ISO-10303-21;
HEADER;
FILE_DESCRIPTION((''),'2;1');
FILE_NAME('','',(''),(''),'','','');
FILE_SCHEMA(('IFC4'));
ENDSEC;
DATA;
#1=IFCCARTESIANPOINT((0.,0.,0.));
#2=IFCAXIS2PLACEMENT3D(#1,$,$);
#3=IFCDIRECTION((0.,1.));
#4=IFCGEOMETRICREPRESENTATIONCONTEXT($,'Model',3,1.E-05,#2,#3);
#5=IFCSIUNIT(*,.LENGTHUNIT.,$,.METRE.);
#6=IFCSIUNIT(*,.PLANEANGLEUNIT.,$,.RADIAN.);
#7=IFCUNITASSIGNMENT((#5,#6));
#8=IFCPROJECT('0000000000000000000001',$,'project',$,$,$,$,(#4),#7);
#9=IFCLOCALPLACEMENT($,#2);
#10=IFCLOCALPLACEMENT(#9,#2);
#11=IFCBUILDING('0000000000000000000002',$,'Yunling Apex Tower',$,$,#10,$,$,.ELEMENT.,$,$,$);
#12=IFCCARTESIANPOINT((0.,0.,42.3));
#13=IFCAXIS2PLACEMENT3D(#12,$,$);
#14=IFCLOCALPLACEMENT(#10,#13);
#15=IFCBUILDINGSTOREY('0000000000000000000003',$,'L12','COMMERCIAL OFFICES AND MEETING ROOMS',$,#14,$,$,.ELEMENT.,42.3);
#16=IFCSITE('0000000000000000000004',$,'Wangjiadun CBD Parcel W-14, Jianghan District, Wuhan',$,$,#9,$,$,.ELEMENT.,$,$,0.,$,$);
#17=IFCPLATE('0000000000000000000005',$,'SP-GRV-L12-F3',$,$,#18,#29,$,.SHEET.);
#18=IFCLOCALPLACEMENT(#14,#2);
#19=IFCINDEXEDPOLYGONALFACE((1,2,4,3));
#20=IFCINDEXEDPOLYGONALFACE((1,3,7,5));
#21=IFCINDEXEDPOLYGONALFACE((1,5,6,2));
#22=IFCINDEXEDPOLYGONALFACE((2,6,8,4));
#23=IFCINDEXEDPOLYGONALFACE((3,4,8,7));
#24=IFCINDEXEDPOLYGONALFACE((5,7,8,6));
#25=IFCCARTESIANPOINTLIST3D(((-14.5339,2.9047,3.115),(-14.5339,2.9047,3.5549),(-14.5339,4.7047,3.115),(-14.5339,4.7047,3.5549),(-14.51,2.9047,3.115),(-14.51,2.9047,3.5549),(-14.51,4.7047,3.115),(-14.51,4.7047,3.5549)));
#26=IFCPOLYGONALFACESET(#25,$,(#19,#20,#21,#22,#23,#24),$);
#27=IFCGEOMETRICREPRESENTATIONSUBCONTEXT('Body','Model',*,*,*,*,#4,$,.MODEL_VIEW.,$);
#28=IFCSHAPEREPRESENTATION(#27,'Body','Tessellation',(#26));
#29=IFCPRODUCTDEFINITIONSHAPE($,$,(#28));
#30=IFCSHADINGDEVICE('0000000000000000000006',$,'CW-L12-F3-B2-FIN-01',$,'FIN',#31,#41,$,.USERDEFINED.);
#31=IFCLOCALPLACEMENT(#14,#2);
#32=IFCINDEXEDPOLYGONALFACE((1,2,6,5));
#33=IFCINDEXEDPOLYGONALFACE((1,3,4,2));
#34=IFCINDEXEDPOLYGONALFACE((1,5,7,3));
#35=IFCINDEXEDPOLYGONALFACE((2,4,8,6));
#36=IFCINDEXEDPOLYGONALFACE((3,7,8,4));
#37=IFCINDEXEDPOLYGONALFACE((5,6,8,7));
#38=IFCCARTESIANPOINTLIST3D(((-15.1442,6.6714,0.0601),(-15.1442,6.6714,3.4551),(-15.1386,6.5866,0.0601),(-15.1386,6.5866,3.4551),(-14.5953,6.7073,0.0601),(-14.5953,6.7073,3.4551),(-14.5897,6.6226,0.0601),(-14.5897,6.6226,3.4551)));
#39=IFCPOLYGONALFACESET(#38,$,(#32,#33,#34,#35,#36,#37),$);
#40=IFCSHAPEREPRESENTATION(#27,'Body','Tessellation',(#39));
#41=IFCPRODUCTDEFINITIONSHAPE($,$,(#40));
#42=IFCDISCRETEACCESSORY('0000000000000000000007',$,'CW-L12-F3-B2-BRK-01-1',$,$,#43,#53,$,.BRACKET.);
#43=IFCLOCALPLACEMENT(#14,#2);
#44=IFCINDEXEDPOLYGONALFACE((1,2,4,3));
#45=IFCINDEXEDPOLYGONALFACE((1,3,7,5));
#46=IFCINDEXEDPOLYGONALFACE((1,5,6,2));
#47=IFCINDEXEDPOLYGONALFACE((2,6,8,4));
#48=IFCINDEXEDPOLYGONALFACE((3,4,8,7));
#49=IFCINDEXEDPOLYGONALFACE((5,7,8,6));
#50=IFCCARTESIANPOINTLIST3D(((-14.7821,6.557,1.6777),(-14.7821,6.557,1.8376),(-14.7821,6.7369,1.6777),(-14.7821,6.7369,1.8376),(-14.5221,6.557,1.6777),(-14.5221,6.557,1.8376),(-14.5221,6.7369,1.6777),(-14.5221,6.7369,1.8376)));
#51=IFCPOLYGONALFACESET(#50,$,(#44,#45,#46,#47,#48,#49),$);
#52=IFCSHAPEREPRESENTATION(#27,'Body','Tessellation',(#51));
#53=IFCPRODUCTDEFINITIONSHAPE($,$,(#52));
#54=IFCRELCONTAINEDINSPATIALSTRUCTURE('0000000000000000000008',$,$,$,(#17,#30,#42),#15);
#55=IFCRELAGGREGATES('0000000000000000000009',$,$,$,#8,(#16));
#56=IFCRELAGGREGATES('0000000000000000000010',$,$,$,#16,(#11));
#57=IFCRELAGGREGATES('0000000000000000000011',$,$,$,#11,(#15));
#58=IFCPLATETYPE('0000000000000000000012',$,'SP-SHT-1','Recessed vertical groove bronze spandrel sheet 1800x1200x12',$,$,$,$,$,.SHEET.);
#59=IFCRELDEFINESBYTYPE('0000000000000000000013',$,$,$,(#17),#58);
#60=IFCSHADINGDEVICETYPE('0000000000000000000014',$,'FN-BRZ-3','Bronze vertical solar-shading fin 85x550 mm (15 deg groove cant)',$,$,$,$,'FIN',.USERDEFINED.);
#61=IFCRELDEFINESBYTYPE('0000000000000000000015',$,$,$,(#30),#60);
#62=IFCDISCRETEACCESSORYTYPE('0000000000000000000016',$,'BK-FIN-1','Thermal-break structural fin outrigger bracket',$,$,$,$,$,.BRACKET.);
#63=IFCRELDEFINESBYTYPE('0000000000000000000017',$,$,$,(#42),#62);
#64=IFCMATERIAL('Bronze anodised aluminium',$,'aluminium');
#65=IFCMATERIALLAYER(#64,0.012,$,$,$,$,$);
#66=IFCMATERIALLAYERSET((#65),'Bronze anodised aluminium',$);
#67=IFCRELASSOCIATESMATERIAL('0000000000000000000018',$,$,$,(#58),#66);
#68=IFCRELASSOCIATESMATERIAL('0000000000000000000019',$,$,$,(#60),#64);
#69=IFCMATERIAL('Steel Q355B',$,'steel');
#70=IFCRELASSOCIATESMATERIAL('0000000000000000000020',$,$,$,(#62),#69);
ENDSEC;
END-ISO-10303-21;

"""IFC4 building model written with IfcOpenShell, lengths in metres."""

from ifc_helpers import new_model, si_unit, direction, frame, origin, origin_2d, place, context, subcontext, project, spatial, rectangle, extrude, source, transform, mapped, material, layer, layer_set, material_profile, profile_set, type_object, element, save


model = new_model("IFC4")

# Units and contexts
model_context = context("Model", 3, precision=1e-05, world=origin(), true_north=direction((0.0, 1.0)))
body_context = subcontext(model_context, "Body", "Model", "MODEL_VIEW")
ifc_project = project(units=[si_unit("LENGTHUNIT", "METRE"), si_unit("PLANEANGLEUNIT", "RADIAN")], contexts=[model_context])

# Site, building, storey
site_placement = place(None, origin())
site = spatial("IfcSite", under=ifc_project, at=site_placement, Name="Wangjiadun CBD Parcel W-14, Jianghan District, Wuhan", CompositionType="ELEMENT", RefElevation=0.0)
building_placement = place(site_placement, origin())
building = spatial("IfcBuilding", under=site, at=building_placement, Name="Yunling Apex Tower", CompositionType="ELEMENT")
storey_placement = place(building_placement, frame((0.0, 0.0, 42.3)))
storey = spatial("IfcBuildingStorey", under=building, at=storey_placement, Name="L12", Description="COMMERCIAL OFFICES AND MEETING ROOMS", CompositionType="ELEMENT", Elevation=42.3)

# Shared definitions
ifc_material_1 = material(Name="Steel Q355B", Category="steel")

# Shared definitions
ifc_material_2 = material(Name="Bronze anodised aluminium", Category="aluminium")

# Plate
ifc_layer_1 = layer(ifc_material_2, 0.012)
ifc_layer_set_1 = layer_set([ifc_layer_1], Name="Bronze anodised aluminium")
plate_type_1 = type_object("IfcPlateType", Name="SP-SHT-1", Description="Recessed vertical groove bronze spandrel sheet 1800x1200x12", PredefinedType="SHEET", material=ifc_layer_set_1)
shared_shape_1 = source(origin(), body_context, "Body", "SweptSolid", [
    extrude(rectangle(XDim=1.8, YDim=0.0239, at=origin_2d()), origin(), (0.0, 0.0, 1.0), 0.4399),
])
plate_1_placement = place(storey_placement, frame((-14.522, 3.8047, 3.115), z_axis=(0.0, 0.0, 1.0), x_axis=(0.0, -1.0, 0.0)))
element("IfcPlate", 1, at=plate_1_placement, inside=storey, type_object=plate_type_1, Name="SP-GRV-L12-F3", PredefinedType="SHEET", context=body_context, shape_type="MappedRepresentation", body=[
    mapped(shared_shape_1, transform((0.0, 0.0, 0.0), scale=1.0)),
])

# Shading device
ifc_material_profile_1 = material_profile(ifc_material_2, rectangle(XDim=0.085, YDim=0.55, at=origin_2d()))
ifc_profile_set_1 = profile_set([ifc_material_profile_1], Name="Bronze anodised aluminium")
shading_device_type = type_object("IfcShadingDeviceType", Name="FN-BRZ-3", Description="Bronze vertical solar-shading fin 85x550 mm (15 deg groove cant)", ElementType="FIN", PredefinedType="USERDEFINED", material=ifc_profile_set_1)
shared_shape_2 = source(origin(), body_context, "Body", "SweptSolid", [
    extrude(rectangle(XDim=0.085, YDim=0.55, at=origin_2d()), origin(), (0.0, 0.0, 1.0), 3.395),
])
shading_device_placement = place(storey_placement, frame((-14.8669, 6.647, 0.0601), z_axis=(0.0, 0.0, 1.0), x_axis=(0.065403, -0.997859, 0.0)))
element("IfcShadingDevice", 2, at=shading_device_placement, inside=storey, type_object=shading_device_type, Name="CW-L12-F3-B2-FIN-01", ObjectType="FIN", PredefinedType="USERDEFINED", context=body_context, shape_type="MappedRepresentation", body=[
    mapped(shared_shape_2, transform((0.0, 0.0, 0.0), scale=1.0)),
])

# Discrete accessory
discrete_accessory_type = type_object("IfcDiscreteAccessoryType", Name="BK-FIN-1", Description="Thermal-break structural fin outrigger bracket", PredefinedType="BRACKET", material=ifc_material_1)
shared_shape_3 = source(origin(), body_context, "Body", "SweptSolid", [
    extrude(rectangle(XDim=0.1799, YDim=0.26, at=origin_2d()), origin(), (0.0, 0.0, 1.0), 0.1599),
])
discrete_accessory_placement = place(storey_placement, frame((-14.6521, 6.647, 1.6777), z_axis=(0.0, 0.0, 1.0), x_axis=(0.0, -1.0, 0.0)))
element("IfcDiscreteAccessory", 3, at=discrete_accessory_placement, inside=storey, type_object=discrete_accessory_type, Name="CW-L12-F3-B2-BRK-01-1", PredefinedType="BRACKET", context=body_context, shape_type="MappedRepresentation", body=[
    mapped(shared_shape_3, transform((0.0, 0.0, 0.0), scale=1.0)),
])

save(model, "model.ifc")
